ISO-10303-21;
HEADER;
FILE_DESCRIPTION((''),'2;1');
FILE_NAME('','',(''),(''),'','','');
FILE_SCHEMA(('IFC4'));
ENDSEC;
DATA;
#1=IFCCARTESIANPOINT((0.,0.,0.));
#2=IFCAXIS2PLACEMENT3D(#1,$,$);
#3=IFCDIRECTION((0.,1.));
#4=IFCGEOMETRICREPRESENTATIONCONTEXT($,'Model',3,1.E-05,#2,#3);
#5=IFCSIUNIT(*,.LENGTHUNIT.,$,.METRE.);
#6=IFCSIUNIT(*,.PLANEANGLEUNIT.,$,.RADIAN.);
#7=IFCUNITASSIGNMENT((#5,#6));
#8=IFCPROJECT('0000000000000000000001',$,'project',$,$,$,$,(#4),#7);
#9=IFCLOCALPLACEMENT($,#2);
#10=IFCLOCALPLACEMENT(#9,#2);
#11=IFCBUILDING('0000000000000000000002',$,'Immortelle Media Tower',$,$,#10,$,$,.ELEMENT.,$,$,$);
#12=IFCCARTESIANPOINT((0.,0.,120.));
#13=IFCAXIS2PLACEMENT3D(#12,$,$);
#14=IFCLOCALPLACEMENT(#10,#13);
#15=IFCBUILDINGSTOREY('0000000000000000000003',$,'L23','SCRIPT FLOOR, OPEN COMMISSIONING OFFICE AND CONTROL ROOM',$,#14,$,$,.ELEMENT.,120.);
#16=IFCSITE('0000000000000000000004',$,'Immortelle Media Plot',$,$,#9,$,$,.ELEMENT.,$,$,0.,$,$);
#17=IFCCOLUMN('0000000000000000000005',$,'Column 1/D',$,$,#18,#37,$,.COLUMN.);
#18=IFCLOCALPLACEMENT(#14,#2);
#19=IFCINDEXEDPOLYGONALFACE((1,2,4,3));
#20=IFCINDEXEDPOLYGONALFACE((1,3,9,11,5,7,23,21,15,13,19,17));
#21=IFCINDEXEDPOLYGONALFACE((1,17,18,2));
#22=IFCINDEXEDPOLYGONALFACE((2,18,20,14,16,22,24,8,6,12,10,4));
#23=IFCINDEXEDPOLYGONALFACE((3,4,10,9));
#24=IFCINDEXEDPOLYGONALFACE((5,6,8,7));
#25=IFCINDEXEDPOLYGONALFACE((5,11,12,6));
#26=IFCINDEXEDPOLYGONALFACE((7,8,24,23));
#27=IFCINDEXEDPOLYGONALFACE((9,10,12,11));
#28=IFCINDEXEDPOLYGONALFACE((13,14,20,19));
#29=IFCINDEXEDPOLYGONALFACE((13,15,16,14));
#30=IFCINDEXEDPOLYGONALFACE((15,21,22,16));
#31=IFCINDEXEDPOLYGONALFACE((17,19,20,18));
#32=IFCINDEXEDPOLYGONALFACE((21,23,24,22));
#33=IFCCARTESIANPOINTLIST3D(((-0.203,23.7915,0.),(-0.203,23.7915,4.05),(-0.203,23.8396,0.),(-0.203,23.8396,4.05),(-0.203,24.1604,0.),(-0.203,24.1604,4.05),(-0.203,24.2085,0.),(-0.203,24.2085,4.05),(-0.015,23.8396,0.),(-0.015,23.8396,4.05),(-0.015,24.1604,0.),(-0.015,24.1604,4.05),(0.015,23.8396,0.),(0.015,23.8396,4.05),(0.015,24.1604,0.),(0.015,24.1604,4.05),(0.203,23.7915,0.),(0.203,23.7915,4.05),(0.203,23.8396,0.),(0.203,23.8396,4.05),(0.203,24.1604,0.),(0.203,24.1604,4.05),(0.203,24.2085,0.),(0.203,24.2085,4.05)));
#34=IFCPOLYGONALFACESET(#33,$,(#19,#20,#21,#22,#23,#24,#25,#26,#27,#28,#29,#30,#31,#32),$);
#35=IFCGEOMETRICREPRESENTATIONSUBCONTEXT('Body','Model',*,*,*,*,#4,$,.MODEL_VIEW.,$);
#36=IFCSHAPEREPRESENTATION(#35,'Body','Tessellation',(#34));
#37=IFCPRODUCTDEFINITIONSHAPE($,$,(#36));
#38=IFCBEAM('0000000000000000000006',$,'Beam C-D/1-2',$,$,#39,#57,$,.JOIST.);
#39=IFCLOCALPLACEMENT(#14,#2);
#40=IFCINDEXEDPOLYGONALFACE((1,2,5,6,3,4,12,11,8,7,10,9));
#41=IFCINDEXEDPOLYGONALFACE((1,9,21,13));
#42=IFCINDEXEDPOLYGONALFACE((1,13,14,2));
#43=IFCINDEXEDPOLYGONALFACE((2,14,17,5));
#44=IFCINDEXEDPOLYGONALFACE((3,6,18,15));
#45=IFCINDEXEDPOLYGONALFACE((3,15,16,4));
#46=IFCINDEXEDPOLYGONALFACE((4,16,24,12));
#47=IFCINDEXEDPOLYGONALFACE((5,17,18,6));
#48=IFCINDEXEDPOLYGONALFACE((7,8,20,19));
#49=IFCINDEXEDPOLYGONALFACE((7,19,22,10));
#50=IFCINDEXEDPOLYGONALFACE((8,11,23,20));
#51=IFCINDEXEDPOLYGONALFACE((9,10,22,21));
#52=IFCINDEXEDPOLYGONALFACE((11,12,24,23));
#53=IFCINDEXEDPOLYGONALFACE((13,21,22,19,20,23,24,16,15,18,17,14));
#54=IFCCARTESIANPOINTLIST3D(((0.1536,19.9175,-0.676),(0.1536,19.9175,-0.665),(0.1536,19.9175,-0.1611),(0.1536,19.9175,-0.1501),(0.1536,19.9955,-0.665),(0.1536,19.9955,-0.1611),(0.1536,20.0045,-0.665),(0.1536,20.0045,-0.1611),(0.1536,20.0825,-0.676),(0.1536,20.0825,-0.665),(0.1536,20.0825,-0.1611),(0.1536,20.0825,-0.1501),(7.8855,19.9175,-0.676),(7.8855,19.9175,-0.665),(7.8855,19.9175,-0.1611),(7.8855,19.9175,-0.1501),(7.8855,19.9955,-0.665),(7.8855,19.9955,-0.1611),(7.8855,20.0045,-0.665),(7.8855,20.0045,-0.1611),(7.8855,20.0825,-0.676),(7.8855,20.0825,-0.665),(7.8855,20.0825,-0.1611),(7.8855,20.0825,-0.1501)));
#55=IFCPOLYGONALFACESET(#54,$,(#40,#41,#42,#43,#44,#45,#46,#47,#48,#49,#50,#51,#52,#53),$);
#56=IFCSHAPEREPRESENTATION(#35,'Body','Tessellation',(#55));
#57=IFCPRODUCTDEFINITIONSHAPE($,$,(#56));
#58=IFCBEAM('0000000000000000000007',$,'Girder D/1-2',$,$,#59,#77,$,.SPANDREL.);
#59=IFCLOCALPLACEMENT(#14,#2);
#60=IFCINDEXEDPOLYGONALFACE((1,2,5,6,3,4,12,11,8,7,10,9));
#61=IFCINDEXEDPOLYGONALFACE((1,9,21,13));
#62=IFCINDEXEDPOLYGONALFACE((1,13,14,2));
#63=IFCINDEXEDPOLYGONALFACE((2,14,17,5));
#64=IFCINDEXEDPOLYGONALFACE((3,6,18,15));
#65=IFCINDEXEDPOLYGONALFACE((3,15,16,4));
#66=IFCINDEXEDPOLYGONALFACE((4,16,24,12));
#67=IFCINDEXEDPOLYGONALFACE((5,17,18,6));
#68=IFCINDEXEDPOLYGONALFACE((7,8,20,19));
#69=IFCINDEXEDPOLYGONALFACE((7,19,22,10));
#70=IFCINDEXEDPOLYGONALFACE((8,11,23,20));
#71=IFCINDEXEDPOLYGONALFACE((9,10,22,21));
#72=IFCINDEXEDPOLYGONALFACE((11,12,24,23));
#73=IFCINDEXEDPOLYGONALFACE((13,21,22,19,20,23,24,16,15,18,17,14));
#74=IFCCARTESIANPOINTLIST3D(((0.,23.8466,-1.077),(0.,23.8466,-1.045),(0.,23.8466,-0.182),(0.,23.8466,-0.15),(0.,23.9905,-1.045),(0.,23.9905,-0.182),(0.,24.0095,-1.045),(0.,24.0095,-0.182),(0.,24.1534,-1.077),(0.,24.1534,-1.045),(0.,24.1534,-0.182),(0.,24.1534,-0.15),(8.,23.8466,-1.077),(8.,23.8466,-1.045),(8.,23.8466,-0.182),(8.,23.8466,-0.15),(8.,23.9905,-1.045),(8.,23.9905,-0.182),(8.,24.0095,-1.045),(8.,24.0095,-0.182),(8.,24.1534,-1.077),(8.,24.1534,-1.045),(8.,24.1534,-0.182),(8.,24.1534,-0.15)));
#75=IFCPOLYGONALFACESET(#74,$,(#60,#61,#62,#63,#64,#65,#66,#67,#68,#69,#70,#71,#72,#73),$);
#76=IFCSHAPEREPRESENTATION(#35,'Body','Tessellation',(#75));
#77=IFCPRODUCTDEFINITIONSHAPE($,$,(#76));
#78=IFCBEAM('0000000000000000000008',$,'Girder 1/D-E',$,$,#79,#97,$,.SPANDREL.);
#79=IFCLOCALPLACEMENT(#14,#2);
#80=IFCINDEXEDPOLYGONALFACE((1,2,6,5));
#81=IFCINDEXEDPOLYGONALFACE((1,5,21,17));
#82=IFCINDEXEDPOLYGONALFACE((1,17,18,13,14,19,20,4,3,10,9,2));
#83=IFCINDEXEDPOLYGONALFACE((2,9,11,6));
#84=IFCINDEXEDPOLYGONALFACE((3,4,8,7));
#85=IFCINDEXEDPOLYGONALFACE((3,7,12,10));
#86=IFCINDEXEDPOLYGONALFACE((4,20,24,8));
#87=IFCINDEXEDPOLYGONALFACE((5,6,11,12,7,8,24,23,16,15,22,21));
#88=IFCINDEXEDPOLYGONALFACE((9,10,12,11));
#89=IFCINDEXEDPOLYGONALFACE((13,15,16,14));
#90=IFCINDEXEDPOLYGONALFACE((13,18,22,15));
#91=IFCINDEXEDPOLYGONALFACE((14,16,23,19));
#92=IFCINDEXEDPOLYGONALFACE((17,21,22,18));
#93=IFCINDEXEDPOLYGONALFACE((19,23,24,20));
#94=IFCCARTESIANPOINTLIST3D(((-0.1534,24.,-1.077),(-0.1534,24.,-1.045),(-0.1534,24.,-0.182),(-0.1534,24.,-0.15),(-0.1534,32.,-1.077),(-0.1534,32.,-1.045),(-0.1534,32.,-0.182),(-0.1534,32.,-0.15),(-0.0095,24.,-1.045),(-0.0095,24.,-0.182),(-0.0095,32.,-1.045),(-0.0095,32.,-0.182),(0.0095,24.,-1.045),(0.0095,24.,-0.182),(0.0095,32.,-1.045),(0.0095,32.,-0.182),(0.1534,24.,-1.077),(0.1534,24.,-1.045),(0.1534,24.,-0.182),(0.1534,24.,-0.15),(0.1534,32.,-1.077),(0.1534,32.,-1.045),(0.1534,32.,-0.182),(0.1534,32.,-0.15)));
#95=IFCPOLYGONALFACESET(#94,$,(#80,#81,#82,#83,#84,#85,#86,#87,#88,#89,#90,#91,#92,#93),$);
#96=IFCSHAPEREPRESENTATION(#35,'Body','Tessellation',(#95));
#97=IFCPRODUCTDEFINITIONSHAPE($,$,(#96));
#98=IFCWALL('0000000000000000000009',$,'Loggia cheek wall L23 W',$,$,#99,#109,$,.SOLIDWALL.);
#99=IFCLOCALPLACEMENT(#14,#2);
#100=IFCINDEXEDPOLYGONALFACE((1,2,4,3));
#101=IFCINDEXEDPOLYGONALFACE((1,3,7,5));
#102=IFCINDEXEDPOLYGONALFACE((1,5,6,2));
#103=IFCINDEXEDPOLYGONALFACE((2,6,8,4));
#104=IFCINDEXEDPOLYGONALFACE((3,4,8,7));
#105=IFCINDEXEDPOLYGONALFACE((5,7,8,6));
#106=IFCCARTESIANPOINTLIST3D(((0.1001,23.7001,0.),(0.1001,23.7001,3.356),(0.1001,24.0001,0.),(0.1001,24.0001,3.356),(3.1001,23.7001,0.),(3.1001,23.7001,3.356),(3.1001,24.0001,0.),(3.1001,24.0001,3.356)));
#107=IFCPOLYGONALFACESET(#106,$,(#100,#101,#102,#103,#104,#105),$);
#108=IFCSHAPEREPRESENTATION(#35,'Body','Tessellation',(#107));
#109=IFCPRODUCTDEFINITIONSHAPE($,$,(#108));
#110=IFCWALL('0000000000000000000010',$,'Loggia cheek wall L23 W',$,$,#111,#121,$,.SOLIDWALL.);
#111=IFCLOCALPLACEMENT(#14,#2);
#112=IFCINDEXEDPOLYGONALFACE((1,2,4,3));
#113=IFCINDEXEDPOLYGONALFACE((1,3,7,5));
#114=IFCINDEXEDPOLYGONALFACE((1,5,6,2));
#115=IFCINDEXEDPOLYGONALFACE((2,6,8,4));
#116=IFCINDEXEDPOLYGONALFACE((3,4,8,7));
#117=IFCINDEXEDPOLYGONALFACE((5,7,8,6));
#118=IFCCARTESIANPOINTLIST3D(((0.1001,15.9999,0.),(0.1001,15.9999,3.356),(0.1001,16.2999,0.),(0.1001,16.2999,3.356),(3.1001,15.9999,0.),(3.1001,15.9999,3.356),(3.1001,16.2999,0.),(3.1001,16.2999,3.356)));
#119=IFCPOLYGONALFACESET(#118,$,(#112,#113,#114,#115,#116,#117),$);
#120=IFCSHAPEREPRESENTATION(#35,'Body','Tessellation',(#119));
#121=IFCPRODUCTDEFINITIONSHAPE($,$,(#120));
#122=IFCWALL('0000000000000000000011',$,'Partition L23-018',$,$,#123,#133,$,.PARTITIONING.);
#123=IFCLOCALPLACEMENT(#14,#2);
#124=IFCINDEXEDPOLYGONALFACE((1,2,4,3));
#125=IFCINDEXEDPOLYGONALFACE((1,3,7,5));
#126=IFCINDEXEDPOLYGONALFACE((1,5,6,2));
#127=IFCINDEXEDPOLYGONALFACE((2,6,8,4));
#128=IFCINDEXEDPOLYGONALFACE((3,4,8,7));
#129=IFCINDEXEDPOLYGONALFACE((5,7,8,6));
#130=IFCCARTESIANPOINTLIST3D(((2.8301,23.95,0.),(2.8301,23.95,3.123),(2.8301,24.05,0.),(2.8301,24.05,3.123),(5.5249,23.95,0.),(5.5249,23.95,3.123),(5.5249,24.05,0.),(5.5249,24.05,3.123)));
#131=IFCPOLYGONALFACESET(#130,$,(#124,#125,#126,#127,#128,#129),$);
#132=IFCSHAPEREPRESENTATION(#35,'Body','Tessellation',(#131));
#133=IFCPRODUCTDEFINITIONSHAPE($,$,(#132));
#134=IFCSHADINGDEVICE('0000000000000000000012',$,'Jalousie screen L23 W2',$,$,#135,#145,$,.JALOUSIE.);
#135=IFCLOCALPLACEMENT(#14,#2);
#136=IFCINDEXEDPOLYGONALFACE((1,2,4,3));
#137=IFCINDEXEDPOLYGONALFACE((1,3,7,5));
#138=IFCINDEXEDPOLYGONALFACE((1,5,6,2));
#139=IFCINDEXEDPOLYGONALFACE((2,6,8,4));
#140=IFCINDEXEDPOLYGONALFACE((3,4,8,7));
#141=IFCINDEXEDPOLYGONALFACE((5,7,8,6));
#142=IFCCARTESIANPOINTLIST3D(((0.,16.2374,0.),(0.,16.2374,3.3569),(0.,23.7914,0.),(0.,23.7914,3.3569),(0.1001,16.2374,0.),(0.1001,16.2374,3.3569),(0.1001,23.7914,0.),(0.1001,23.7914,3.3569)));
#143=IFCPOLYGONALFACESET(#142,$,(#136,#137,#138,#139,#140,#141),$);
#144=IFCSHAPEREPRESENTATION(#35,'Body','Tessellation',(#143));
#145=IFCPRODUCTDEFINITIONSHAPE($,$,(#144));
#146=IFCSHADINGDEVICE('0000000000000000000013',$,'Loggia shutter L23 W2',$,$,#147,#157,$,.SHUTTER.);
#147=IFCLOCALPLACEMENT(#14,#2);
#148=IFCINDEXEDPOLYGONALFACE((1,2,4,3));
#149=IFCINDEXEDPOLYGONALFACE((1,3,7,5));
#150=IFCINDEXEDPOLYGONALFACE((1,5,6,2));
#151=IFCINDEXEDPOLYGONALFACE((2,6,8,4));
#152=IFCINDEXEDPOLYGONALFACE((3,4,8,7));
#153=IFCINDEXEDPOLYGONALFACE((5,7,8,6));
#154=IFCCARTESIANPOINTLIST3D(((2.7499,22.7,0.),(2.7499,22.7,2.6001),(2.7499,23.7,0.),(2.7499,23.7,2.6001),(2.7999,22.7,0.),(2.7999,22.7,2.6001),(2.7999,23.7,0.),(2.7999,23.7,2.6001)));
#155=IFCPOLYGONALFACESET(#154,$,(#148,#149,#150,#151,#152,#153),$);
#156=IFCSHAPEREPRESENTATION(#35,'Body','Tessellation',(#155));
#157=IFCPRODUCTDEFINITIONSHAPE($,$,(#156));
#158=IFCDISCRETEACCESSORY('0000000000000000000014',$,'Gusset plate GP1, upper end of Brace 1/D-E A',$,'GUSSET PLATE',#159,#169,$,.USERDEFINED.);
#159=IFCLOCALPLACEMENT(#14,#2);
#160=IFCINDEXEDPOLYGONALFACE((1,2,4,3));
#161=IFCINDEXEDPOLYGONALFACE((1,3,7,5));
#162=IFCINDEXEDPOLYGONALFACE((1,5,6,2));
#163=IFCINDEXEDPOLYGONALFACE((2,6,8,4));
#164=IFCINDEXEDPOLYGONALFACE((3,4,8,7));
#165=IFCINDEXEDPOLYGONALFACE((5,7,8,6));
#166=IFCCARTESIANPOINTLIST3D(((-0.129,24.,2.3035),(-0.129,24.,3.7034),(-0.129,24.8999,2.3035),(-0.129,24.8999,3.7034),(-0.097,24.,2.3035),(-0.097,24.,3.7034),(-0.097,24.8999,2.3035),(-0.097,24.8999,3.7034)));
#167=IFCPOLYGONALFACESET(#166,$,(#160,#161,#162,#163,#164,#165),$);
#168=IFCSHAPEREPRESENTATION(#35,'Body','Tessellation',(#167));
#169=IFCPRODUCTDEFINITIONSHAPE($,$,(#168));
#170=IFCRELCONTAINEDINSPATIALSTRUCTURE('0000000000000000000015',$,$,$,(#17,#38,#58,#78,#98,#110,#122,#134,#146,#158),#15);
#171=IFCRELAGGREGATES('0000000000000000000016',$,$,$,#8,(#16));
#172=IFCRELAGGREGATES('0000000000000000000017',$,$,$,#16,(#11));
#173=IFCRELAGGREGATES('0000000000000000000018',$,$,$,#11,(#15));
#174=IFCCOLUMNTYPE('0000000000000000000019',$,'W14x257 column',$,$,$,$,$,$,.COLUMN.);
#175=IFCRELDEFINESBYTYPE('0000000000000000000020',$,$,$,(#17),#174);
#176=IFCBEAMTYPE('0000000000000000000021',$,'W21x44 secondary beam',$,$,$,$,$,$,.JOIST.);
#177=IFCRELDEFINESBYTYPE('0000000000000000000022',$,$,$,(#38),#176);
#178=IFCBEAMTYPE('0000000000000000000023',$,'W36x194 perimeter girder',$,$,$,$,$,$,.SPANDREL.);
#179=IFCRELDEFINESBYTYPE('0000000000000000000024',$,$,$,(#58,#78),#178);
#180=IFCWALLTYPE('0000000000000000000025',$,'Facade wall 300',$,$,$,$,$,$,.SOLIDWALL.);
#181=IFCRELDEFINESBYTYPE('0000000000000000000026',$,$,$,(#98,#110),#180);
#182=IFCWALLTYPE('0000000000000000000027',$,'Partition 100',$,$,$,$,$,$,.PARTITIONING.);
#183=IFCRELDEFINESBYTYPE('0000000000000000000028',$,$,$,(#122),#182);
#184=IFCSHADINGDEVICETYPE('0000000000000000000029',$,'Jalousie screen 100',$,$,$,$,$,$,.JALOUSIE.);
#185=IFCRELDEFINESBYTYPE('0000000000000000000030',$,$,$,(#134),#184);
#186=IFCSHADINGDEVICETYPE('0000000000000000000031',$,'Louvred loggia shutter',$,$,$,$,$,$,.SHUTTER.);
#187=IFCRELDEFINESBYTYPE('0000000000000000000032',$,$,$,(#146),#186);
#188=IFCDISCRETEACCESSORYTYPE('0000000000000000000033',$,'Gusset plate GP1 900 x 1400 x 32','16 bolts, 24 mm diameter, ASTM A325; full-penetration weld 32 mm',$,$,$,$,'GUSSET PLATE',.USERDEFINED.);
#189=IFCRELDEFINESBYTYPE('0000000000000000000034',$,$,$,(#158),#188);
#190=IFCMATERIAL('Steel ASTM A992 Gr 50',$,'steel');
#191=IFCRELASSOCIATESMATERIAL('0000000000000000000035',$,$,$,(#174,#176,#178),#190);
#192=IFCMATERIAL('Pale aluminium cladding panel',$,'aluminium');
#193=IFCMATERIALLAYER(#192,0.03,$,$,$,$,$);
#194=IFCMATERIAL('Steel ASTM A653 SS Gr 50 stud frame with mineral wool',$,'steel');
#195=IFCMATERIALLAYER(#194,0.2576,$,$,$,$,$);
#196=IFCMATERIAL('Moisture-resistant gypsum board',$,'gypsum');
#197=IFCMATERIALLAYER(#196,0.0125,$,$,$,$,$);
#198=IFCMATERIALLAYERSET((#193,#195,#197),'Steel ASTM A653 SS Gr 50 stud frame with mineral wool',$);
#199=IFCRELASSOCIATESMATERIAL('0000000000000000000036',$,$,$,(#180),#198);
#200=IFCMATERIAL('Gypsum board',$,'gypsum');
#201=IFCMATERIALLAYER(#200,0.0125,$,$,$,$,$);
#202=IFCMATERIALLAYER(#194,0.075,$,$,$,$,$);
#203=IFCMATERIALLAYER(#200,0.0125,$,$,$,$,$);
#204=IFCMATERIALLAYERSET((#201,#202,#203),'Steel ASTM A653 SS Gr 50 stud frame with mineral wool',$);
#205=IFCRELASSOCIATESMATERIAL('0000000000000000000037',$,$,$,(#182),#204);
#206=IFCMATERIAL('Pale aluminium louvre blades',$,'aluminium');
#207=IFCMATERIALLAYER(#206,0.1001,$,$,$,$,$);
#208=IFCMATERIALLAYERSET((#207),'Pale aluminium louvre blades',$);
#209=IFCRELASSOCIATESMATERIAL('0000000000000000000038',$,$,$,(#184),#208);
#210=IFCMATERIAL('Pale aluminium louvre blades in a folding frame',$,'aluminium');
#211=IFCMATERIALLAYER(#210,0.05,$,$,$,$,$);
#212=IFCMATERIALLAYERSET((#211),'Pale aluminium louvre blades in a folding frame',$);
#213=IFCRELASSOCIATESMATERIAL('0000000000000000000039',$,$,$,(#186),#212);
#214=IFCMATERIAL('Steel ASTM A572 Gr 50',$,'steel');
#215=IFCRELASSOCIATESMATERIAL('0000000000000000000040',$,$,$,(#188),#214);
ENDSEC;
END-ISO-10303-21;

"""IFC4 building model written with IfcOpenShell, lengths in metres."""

from ifc_helpers import new_model, si_unit, direction, frame, frame_2d, origin, origin_2d, place, context, subcontext, project, spatial, rectangle, i_section, extrude, material, layer, layer_set, material_profile, profile_set, type_object, element, save


model = new_model("IFC4")

# Units and contexts
model_context = context("Model", 3, precision=1e-05, world=origin(), true_north=direction((0.0, 1.0)))
body_context = subcontext(model_context, "Body", "Model", "MODEL_VIEW")
ifc_project = project(units=[si_unit("LENGTHUNIT", "METRE"), si_unit("PLANEANGLEUNIT", "RADIAN")], contexts=[model_context])

# Site, building, storey
site_placement = place(None, origin())
site = spatial("IfcSite", under=ifc_project, at=site_placement, Name="Immortelle Media Plot", CompositionType="ELEMENT", RefElevation=0.0)
building_placement = place(site_placement, origin())
building = spatial("IfcBuilding", under=site, at=building_placement, Name="Immortelle Media Tower", CompositionType="ELEMENT")
storey_placement = place(building_placement, frame((0.0, 0.0, 120.0)))
storey = spatial("IfcBuildingStorey", under=building, at=storey_placement, Name="L23", Description="SCRIPT FLOOR, OPEN COMMISSIONING OFFICE AND CONTROL ROOM", CompositionType="ELEMENT", Elevation=120.0)

# Column
ifc_material_1 = material(Name="Steel ASTM A992 Gr 50", Category="steel")
ifc_material_profile_1 = material_profile(ifc_material_1, i_section(OverallWidth=0.406, OverallDepth=0.417, WebThickness=0.03, FlangeThickness=0.0481, at=origin_2d()), Name="W14x257")
ifc_profile_set_1 = profile_set([ifc_material_profile_1], Name="Steel ASTM A992 Gr 50")
column_type = type_object("IfcColumnType", Name="W14x257 column", PredefinedType="COLUMN", material=ifc_profile_set_1)
column_placement = place(storey_placement, frame((0.0, 24.0, 0.0), z_axis=(0.0, 0.0, 1.0), x_axis=(1.0, 0.0, 0.0)))
element("IfcColumn", 1, at=column_placement, inside=storey, type_object=column_type, Name="Column 1/D", PredefinedType="COLUMN", context=body_context, shape_type="SweptSolid", body=[
    extrude(i_section(OverallWidth=0.406, OverallDepth=0.417, WebThickness=0.03, FlangeThickness=0.0481, at=origin_2d()), origin(), (0.0, 0.0, 1.0), 4.05),
])

# Beams
ifc_material_profile_2 = material_profile(ifc_material_1, i_section(OverallWidth=0.165, OverallDepth=0.5259, WebThickness=0.009, FlangeThickness=0.011, at=origin_2d()), Name="W21x44")
ifc_profile_set_2 = profile_set([ifc_material_profile_2], Name="Steel ASTM A992 Gr 50")
beam_type_1 = type_object("IfcBeamType", Name="W21x44 secondary beam", PredefinedType="JOIST", material=ifc_profile_set_2)
beam_placement = place(storey_placement, frame((0.1536, 20.0, -0.4131), z_axis=(1.0, 0.0, 0.0), x_axis=(0.0, 1.0, 0.0)))
element("IfcBeam", 2, at=beam_placement, inside=storey, type_object=beam_type_1, Name="Beam C-D/1-2", PredefinedType="JOIST", context=body_context, shape_type="SweptSolid", body=[
    extrude(i_section(OverallWidth=0.165, OverallDepth=0.5259, WebThickness=0.009, FlangeThickness=0.011, at=origin_2d()), origin(), (0.0, 0.0, 1.0), 7.7319),
])
ifc_material_profile_3 = material_profile(ifc_material_1, i_section(OverallWidth=0.3069, OverallDepth=0.927, WebThickness=0.019, FlangeThickness=0.032, at=origin_2d()), Name="W36x194")
ifc_profile_set_3 = profile_set([ifc_material_profile_3], Name="Steel ASTM A992 Gr 50")
beam_type_2 = type_object("IfcBeamType", Name="W36x194 perimeter girder", PredefinedType="SPANDREL", material=ifc_profile_set_3)
for number, where, z_axis, x_axis, name in (
    (3, (0.0, 24.0, -0.6135), (1.0, 0.0, 0.0), (0.0, 1.0, 0.0), "Girder D/1-2"),
    (4, (0.0, 24.0, -0.6135), (0.0, 1.0, 0.0), (-1.0, 0.0, 0.0), "Girder 1/D-E"),
):
    element("IfcBeam", number, at=place(storey_placement, frame(where, z_axis=z_axis, x_axis=x_axis)), inside=storey, type_object=beam_type_2, Name=name, PredefinedType="SPANDREL", context=body_context, shape_type="SweptSolid", body=[
        extrude(i_section(OverallWidth=0.3069, OverallDepth=0.927, WebThickness=0.019, FlangeThickness=0.032, at=origin_2d()), origin(), (0.0, 0.0, 1.0), 8.0),
    ])

# Shared definitions
ifc_material_2 = material(Name="Pale aluminium cladding panel", Category="aluminium")
ifc_layer_1 = layer(ifc_material_2, 0.03)
ifc_material_3 = material(Name="Steel ASTM A653 SS Gr 50 stud frame with mineral wool", Category="steel")
ifc_layer_2 = layer(ifc_material_3, 0.2576)
ifc_material_4 = material(Name="Moisture-resistant gypsum board", Category="gypsum")
ifc_layer_3 = layer(ifc_material_4, 0.0125)
ifc_layer_set_1 = layer_set([ifc_layer_1, ifc_layer_2, ifc_layer_3], Name="Steel ASTM A653 SS Gr 50 stud frame with mineral wool")
wall_type_1 = type_object("IfcWallType", Name="Facade wall 300", PredefinedType="SOLIDWALL", material=ifc_layer_set_1)

# Walls
for number, where, z_axis, x_axis, name in (
    (5, (0.1001, 23.8501, 0.0), (0.0, 0.0, 1.0), (1.0, 0.0, 0.0), "Loggia cheek wall L23 W"),
    (6, (0.1001, 16.1499, 0.0), (0.0, 0.0, 1.0), (1.0, 0.0, 0.0), "Loggia cheek wall L23 W"),
):
    element("IfcWall", number, at=place(storey_placement, frame(where, z_axis=z_axis, x_axis=x_axis)), inside=storey, type_object=wall_type_1, Name=name, PredefinedType="SOLIDWALL", context=body_context, shape_type="SweptSolid", body=[
        extrude(rectangle(XDim=3.0, YDim=0.3, at=frame_2d((1.5, 0.0))), origin(), (0.0, 0.0, 1.0), 3.356),
    ])
ifc_material_5 = material(Name="Gypsum board", Category="gypsum")
ifc_layer_4 = layer(ifc_material_5, 0.0125)
ifc_layer_5 = layer(ifc_material_3, 0.075)
ifc_layer_6 = layer(ifc_material_5, 0.0125)
ifc_layer_set_2 = layer_set([ifc_layer_4, ifc_layer_5, ifc_layer_6], Name="Steel ASTM A653 SS Gr 50 stud frame with mineral wool")
wall_type_2 = type_object("IfcWallType", Name="Partition 100", PredefinedType="PARTITIONING", material=ifc_layer_set_2)
wall_1_placement = place(storey_placement, frame((2.8301, 24.0, 0.0), z_axis=(0.0, 0.0, 1.0), x_axis=(1.0, 0.0, 0.0)))
element("IfcWall", 7, at=wall_1_placement, inside=storey, type_object=wall_type_2, Name="Partition L23-018", PredefinedType="PARTITIONING", context=body_context, shape_type="SweptSolid", body=[
    extrude(rectangle(XDim=2.6948, YDim=0.1001, at=frame_2d((1.3474, 0.0))), origin(), (0.0, 0.0, 1.0), 3.123),
])

# Shading devices
ifc_material_6 = material(Name="Pale aluminium louvre blades", Category="aluminium")
ifc_layer_7 = layer(ifc_material_6, 0.1001)
ifc_layer_set_3 = layer_set([ifc_layer_7], Name="Pale aluminium louvre blades")
shading_device_type_1 = type_object("IfcShadingDeviceType", Name="Jalousie screen 100", PredefinedType="JALOUSIE", material=ifc_layer_set_3)
shading_device_1_placement = place(storey_placement, frame((0.05, 20.0144, 0.0), z_axis=(0.0, 0.0, 1.0), x_axis=(0.0, -1.0, 0.0)))
element("IfcShadingDevice", 8, at=shading_device_1_placement, inside=storey, type_object=shading_device_type_1, Name="Jalousie screen L23 W2", PredefinedType="JALOUSIE", context=body_context, shape_type="SweptSolid", body=[
    extrude(rectangle(XDim=7.554, YDim=0.1001, at=origin_2d()), origin(), (0.0, 0.0, 1.0), 3.3569),
])
ifc_material_7 = material(Name="Pale aluminium louvre blades in a folding frame", Category="aluminium")
ifc_layer_8 = layer(ifc_material_7, 0.05)
ifc_layer_set_4 = layer_set([ifc_layer_8], Name="Pale aluminium louvre blades in a folding frame")
shading_device_type_2 = type_object("IfcShadingDeviceType", Name="Louvred loggia shutter", PredefinedType="SHUTTER", material=ifc_layer_set_4)
shading_device_2_placement = place(storey_placement, frame((2.7749, 23.2, 0.0), z_axis=(0.0, 0.0, 1.0), x_axis=(0.0, -1.0, 0.0)))
element("IfcShadingDevice", 9, at=shading_device_2_placement, inside=storey, type_object=shading_device_type_2, Name="Loggia shutter L23 W2", PredefinedType="SHUTTER", context=body_context, shape_type="SweptSolid", body=[
    extrude(rectangle(XDim=1.0, YDim=0.05, at=origin_2d()), origin(), (0.0, 0.0, 1.0), 2.6001),
])

# Discrete accessory
ifc_material_8 = material(Name="Steel ASTM A572 Gr 50", Category="steel")
ifc_material_profile_4 = material_profile(ifc_material_8, rectangle(XDim=0.032, YDim=1.3999, at=origin_2d()), Name="PL 32 x 1400")
ifc_profile_set_4 = profile_set([ifc_material_profile_4], Name="Steel ASTM A572 Gr 50")
discrete_accessory_type = type_object("IfcDiscreteAccessoryType", Name="Gusset plate GP1 900 x 1400 x 32", Description="16 bolts, 24 mm diameter, ASTM A325; full-penetration weld 32 mm", ElementType="GUSSET PLATE", PredefinedType="USERDEFINED", material=ifc_profile_set_4)
discrete_accessory_placement = place(storey_placement, frame((-0.113, 24.0, 3.0034), z_axis=(0.0, 1.0, 0.0), x_axis=(-1.0, 0.0, 0.0)))
element("IfcDiscreteAccessory", 10, at=discrete_accessory_placement, inside=storey, type_object=discrete_accessory_type, Name="Gusset plate GP1, upper end of Brace 1/D-E A", ObjectType="GUSSET PLATE", PredefinedType="USERDEFINED", context=body_context, shape_type="SweptSolid", body=[
    extrude(rectangle(XDim=0.032, YDim=1.3999, at=origin_2d()), origin(), (0.0, 0.0, 1.0), 0.8999),
])

save(model, "model.ifc")
